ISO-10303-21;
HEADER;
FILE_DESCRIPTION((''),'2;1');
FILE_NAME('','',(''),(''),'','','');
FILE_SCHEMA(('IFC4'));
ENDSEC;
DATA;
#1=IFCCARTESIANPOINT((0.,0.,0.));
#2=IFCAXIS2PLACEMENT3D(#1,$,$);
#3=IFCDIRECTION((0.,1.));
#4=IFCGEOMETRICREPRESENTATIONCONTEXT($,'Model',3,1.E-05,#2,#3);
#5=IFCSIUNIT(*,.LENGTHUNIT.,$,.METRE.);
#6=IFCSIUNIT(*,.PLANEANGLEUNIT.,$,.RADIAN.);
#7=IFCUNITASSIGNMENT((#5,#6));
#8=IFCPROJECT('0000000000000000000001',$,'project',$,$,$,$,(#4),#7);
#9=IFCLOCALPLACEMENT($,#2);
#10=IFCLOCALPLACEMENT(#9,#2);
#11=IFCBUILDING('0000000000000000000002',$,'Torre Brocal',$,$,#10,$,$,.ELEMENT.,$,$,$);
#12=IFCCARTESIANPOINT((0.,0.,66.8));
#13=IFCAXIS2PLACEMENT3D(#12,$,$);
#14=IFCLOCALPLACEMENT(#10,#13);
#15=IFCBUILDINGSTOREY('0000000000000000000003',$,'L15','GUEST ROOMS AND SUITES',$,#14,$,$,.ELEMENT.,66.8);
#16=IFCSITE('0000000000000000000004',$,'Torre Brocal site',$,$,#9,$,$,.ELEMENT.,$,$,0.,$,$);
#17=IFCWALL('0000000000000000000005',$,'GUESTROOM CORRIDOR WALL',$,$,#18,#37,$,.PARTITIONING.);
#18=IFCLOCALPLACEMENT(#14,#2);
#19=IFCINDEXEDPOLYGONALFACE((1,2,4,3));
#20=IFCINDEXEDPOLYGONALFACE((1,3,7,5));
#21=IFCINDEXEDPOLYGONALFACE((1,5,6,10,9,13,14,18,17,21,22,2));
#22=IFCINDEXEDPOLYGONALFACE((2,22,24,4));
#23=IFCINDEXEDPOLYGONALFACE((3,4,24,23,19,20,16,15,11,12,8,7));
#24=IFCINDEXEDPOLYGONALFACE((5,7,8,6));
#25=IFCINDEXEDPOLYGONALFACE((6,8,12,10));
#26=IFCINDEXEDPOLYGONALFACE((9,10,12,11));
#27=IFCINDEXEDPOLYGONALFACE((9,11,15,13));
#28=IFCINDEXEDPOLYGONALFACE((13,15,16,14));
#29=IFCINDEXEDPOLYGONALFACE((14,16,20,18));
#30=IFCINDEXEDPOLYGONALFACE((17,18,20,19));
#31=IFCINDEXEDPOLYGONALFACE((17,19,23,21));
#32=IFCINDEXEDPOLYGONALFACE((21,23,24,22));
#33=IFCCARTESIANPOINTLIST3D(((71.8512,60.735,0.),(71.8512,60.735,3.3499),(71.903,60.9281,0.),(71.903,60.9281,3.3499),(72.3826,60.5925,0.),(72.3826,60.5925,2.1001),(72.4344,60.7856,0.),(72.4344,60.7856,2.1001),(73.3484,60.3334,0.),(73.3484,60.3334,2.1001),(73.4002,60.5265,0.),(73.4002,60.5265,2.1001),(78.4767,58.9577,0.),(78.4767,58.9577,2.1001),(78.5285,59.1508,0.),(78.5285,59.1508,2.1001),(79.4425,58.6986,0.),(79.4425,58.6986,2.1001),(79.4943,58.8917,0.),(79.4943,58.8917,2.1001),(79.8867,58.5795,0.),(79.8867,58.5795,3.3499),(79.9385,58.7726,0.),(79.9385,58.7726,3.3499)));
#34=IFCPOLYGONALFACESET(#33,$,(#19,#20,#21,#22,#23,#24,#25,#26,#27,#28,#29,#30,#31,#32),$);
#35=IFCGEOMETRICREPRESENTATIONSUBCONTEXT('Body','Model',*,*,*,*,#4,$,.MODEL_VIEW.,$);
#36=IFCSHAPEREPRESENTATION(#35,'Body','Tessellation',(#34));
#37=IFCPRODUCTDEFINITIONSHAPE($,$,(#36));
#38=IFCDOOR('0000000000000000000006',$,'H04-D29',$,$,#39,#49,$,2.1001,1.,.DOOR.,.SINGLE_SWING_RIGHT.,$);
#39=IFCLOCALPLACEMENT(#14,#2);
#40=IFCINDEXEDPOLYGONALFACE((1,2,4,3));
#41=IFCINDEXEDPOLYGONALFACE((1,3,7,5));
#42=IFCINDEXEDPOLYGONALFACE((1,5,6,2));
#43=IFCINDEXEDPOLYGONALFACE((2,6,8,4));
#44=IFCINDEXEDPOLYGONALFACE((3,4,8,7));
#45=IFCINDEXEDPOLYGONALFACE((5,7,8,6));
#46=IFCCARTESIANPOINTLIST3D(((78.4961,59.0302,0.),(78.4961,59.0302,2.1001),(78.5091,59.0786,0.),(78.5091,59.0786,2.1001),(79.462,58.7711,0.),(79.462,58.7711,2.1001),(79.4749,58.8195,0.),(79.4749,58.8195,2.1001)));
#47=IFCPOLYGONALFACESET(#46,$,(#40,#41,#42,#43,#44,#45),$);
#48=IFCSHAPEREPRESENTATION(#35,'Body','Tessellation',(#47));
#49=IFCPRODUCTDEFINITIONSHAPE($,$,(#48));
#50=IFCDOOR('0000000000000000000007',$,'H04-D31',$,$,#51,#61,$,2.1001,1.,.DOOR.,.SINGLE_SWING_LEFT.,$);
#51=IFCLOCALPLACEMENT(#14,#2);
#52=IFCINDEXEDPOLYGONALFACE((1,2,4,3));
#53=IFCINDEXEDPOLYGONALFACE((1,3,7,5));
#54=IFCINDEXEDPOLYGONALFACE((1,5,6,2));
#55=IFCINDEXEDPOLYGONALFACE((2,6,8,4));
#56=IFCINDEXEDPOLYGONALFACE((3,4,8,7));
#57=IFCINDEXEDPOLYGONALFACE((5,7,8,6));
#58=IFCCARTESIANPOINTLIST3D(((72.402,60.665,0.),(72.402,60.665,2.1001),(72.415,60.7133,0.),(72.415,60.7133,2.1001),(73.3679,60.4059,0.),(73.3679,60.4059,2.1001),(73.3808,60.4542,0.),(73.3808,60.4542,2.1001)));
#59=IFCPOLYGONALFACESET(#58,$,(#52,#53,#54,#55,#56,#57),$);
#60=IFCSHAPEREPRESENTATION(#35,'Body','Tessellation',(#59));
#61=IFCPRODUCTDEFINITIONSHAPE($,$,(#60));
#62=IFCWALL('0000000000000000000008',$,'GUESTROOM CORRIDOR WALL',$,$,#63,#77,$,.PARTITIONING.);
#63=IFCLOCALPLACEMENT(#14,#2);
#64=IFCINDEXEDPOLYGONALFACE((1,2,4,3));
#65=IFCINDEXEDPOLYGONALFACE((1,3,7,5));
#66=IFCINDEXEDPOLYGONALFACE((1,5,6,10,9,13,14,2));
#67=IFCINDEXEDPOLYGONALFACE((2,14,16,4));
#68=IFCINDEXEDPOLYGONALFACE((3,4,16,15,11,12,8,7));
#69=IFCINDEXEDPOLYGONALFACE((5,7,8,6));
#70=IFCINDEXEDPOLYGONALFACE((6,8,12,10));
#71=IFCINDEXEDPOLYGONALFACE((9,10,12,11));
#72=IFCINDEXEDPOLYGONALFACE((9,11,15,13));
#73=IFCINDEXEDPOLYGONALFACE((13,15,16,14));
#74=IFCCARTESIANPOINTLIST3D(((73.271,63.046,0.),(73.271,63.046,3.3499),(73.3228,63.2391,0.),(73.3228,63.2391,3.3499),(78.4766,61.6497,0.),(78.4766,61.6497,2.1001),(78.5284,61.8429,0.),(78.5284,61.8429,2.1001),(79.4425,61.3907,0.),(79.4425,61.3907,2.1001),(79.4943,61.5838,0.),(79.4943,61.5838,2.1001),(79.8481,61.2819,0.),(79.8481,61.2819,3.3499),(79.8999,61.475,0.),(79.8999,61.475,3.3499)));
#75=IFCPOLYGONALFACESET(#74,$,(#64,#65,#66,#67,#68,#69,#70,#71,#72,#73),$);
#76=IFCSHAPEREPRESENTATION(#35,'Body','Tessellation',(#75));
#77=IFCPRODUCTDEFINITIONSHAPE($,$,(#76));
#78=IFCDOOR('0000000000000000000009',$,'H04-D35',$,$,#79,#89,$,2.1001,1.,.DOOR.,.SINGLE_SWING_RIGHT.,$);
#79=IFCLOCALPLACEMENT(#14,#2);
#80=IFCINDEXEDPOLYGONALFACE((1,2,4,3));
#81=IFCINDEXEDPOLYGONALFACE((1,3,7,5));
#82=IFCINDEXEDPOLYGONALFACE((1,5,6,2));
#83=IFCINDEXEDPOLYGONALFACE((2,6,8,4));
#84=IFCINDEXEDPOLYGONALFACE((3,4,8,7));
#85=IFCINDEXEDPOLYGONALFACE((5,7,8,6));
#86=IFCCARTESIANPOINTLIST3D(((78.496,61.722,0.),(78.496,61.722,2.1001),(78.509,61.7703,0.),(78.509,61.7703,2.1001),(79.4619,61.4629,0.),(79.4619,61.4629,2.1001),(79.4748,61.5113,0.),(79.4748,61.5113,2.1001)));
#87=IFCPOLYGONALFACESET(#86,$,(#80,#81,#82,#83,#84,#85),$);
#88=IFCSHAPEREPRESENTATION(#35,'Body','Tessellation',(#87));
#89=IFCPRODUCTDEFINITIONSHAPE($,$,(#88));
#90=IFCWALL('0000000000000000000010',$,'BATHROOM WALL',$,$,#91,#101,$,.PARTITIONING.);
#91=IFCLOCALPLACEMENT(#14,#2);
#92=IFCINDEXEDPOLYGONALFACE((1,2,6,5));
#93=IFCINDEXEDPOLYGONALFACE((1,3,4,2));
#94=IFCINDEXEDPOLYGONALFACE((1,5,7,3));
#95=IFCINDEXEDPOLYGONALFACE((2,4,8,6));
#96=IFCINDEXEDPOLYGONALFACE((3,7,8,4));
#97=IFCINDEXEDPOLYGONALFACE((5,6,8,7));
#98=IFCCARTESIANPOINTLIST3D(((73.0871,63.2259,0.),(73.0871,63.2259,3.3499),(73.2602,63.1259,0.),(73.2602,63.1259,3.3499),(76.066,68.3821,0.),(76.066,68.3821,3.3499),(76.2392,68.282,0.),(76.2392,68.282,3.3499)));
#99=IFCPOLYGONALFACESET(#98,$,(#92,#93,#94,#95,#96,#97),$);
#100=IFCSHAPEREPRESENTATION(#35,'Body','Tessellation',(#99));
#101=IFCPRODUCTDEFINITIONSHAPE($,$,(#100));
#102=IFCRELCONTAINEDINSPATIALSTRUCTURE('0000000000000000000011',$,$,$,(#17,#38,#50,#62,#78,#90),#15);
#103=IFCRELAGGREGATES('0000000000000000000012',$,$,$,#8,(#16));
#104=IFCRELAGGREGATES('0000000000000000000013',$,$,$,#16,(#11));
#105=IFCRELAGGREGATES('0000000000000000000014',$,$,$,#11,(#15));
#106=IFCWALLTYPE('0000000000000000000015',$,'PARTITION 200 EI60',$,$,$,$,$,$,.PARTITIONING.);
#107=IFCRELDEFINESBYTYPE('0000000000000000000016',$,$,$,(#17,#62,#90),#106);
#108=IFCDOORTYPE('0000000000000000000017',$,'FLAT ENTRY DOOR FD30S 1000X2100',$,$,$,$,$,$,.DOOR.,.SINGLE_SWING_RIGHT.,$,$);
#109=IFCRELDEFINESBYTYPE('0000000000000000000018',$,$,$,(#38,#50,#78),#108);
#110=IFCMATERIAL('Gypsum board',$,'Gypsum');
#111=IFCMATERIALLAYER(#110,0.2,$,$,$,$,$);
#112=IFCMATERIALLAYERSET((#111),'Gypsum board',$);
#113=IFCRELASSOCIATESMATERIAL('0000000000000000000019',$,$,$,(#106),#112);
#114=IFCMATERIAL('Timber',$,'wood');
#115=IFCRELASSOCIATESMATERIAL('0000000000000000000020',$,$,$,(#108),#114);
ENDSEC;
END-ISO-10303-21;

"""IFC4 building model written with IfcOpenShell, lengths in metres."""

from ifc_helpers import new_model, si_unit, direction, frame, frame_2d, origin, place, context, subcontext, project, spatial, rectangle, extrude, material, layer, layer_set, type_object, element, fill, save


model = new_model("IFC4")

# Units and contexts
model_context = context("Model", 3, precision=1e-05, world=origin(), true_north=direction((0.0, 1.0)))
body_context = subcontext(model_context, "Body", "Model", "MODEL_VIEW")
ifc_project = project(units=[si_unit("LENGTHUNIT", "METRE"), si_unit("PLANEANGLEUNIT", "RADIAN")], contexts=[model_context])

# Site, building, storey
site_placement = place(None, origin())
site = spatial("IfcSite", under=ifc_project, at=site_placement, Name="Torre Brocal site", CompositionType="ELEMENT", RefElevation=0.0)
building_placement = place(site_placement, origin())
building = spatial("IfcBuilding", under=site, at=building_placement, Name="Torre Brocal", CompositionType="ELEMENT")
storey_placement = place(building_placement, frame((0.0, 0.0, 66.8)))
storey = spatial("IfcBuildingStorey", under=building, at=storey_placement, Name="L15", Description="GUEST ROOMS AND SUITES", CompositionType="ELEMENT", Elevation=66.8)

# Shared definitions
ifc_material_1 = material(Name="Gypsum board", Category="Gypsum")
ifc_layer_1 = layer(ifc_material_1, 0.2)
ifc_layer_set_1 = layer_set([ifc_layer_1], Name="Gypsum board")
wall_type_1 = type_object("IfcWallType", Name="PARTITION 200 EI60", PredefinedType="PARTITIONING", material=ifc_layer_set_1)
ifc_material_2 = material(Name="Timber", Category="wood")
door_type_1 = type_object("IfcDoorType", Name="FLAT ENTRY DOOR FD30S 1000X2100", OperationType="SINGLE_SWING_RIGHT", PredefinedType="DOOR", material=ifc_material_2)

# Wall, openings, doors
wall_1_placement = place(storey_placement, frame((71.8772, 60.8315, 0.0), z_axis=(0.0, 0.0, 1.0), x_axis=(0.965853, -0.259093, 0.0)))
wall_1 = element("IfcWall", 1, at=wall_1_placement, inside=storey, type_object=wall_type_1, Name="GUESTROOM CORRIDOR WALL", PredefinedType="PARTITIONING", context=body_context, shape_type="SweptSolid", body=[
    extrude(rectangle(XDim=8.3196, YDim=0.2, at=frame_2d((4.1597, 0.0))), origin(), (0.0, 0.0, 1.0), 3.3499),
])
opening_1_placement = place(wall_1_placement, frame((6.8596, 0.0, 0.0)))
opening_1 = element("IfcOpeningElement", 2, at=opening_1_placement, cuts=wall_1, PredefinedType="OPENING", context=body_context, shape_type="SweptSolid", body=[
    extrude(rectangle(XDim=1.0, YDim=2.1001, at=frame_2d((0.5, 1.05))), frame((0.0, 0.1099, 0.0), z_axis=(0.0, -1.0, 0.0), x_axis=(1.0, 0.0, 0.0)), (0.0, 0.0, 1.0), 0.22),
])
opening_2_placement = place(wall_1_placement, frame((0.55, 0.0, 0.0)))
opening_2 = element("IfcOpeningElement", 3, at=opening_2_placement, cuts=wall_1, PredefinedType="OPENING", context=body_context, shape_type="SweptSolid", body=[
    extrude(rectangle(XDim=1.0, YDim=2.1001, at=frame_2d((0.5, 1.05))), frame((0.0, 0.1099, 0.0), z_axis=(0.0, -1.0, 0.0), x_axis=(1.0, 0.0, 0.0)), (0.0, 0.0, 1.0), 0.22),
])
door_1_placement = place(opening_1_placement, frame((1.0, 0.0, 0.0), z_axis=(0.0, 0.0, 1.0), x_axis=(-1.0, 0.0, 0.0)))
door_1 = element("IfcDoor", 4, at=door_1_placement, inside=storey, type_object=door_type_1, Name="H04-D29", OperationType="SINGLE_SWING_RIGHT", OverallHeight=2.1001, OverallWidth=1.0, PredefinedType="DOOR", context=body_context, shape_type="SweptSolid", body=[
    extrude(rectangle(XDim=1.0, YDim=2.1001, at=frame_2d((0.5, 1.05))), frame((0.0, 0.0249, 0.0), z_axis=(0.0, -1.0, 0.0), x_axis=(1.0, 0.0, 0.0)), (0.0, 0.0, 1.0), 0.05),
])
fill(opening_1, door_1)
door_2_placement = place(opening_2_placement, frame((1.0, 0.0, 0.0), z_axis=(0.0, 0.0, 1.0), x_axis=(-1.0, 0.0, 0.0)))
door_2 = element("IfcDoor", 5, at=door_2_placement, inside=storey, type_object=door_type_1, Name="H04-D31", OperationType="SINGLE_SWING_LEFT", OverallHeight=2.1001, OverallWidth=1.0, PredefinedType="DOOR", context=body_context, shape_type="SweptSolid", body=[
    extrude(rectangle(XDim=1.0, YDim=2.1001, at=frame_2d((0.5, 1.05))), frame((0.0, 0.0249, 0.0), z_axis=(0.0, -1.0, 0.0), x_axis=(1.0, 0.0, 0.0)), (0.0, 0.0, 1.0), 0.05),
])
fill(opening_2, door_2)

# Wall, opening, door
wall_2_placement = place(storey_placement, frame((73.2969, 63.1426, 0.0), z_axis=(0.0, 0.0, 1.0), x_axis=(0.965859, -0.259068, 0.0)))
wall_2 = element("IfcWall", 6, at=wall_2_placement, inside=storey, type_object=wall_type_1, Name="GUESTROOM CORRIDOR WALL", PredefinedType="PARTITIONING", context=body_context, shape_type="SweptSolid", body=[
    extrude(rectangle(XDim=6.8096, YDim=0.2, at=frame_2d((3.4048, 0.0))), origin(), (0.0, 0.0, 1.0), 3.3499),
])
opening_3_placement = place(wall_2_placement, frame((5.3896, 0.0, 0.0)))
opening_3 = element("IfcOpeningElement", 7, at=opening_3_placement, cuts=wall_2, PredefinedType="OPENING", context=body_context, shape_type="SweptSolid", body=[
    extrude(rectangle(XDim=1.0, YDim=2.1001, at=frame_2d((0.5, 1.05))), frame((0.0, 0.1099, 0.0), z_axis=(0.0, -1.0, 0.0), x_axis=(1.0, 0.0, 0.0)), (0.0, 0.0, 1.0), 0.22),
])
door_3_placement = place(opening_3_placement, origin())
door_3 = element("IfcDoor", 8, at=door_3_placement, inside=storey, type_object=door_type_1, Name="H04-D35", OperationType="SINGLE_SWING_RIGHT", OverallHeight=2.1001, OverallWidth=1.0, PredefinedType="DOOR", context=body_context, shape_type="SweptSolid", body=[
    extrude(rectangle(XDim=1.0, YDim=2.1001, at=frame_2d((0.5, 1.05))), frame((0.0, 0.0249, 0.0), z_axis=(0.0, -1.0, 0.0), x_axis=(1.0, 0.0, 0.0)), (0.0, 0.0, 1.0), 0.05),
])
fill(opening_3, door_3)

# Wall
wall_3_placement = place(storey_placement, frame((73.1736, 63.1758, 0.0), z_axis=(0.0, 0.0, 1.0), x_axis=(0.500257, 0.865877, 0.0)))
element("IfcWall", 9, at=wall_3_placement, inside=storey, type_object=wall_type_1, Name="BATHROOM WALL", PredefinedType="PARTITIONING", context=body_context, shape_type="SweptSolid", body=[
    extrude(rectangle(XDim=5.9548, YDim=0.2, at=frame_2d((2.9775, 0.0))), origin(), (0.0, 0.0, 1.0), 3.3499),
])

save(model, "model.ifc")
